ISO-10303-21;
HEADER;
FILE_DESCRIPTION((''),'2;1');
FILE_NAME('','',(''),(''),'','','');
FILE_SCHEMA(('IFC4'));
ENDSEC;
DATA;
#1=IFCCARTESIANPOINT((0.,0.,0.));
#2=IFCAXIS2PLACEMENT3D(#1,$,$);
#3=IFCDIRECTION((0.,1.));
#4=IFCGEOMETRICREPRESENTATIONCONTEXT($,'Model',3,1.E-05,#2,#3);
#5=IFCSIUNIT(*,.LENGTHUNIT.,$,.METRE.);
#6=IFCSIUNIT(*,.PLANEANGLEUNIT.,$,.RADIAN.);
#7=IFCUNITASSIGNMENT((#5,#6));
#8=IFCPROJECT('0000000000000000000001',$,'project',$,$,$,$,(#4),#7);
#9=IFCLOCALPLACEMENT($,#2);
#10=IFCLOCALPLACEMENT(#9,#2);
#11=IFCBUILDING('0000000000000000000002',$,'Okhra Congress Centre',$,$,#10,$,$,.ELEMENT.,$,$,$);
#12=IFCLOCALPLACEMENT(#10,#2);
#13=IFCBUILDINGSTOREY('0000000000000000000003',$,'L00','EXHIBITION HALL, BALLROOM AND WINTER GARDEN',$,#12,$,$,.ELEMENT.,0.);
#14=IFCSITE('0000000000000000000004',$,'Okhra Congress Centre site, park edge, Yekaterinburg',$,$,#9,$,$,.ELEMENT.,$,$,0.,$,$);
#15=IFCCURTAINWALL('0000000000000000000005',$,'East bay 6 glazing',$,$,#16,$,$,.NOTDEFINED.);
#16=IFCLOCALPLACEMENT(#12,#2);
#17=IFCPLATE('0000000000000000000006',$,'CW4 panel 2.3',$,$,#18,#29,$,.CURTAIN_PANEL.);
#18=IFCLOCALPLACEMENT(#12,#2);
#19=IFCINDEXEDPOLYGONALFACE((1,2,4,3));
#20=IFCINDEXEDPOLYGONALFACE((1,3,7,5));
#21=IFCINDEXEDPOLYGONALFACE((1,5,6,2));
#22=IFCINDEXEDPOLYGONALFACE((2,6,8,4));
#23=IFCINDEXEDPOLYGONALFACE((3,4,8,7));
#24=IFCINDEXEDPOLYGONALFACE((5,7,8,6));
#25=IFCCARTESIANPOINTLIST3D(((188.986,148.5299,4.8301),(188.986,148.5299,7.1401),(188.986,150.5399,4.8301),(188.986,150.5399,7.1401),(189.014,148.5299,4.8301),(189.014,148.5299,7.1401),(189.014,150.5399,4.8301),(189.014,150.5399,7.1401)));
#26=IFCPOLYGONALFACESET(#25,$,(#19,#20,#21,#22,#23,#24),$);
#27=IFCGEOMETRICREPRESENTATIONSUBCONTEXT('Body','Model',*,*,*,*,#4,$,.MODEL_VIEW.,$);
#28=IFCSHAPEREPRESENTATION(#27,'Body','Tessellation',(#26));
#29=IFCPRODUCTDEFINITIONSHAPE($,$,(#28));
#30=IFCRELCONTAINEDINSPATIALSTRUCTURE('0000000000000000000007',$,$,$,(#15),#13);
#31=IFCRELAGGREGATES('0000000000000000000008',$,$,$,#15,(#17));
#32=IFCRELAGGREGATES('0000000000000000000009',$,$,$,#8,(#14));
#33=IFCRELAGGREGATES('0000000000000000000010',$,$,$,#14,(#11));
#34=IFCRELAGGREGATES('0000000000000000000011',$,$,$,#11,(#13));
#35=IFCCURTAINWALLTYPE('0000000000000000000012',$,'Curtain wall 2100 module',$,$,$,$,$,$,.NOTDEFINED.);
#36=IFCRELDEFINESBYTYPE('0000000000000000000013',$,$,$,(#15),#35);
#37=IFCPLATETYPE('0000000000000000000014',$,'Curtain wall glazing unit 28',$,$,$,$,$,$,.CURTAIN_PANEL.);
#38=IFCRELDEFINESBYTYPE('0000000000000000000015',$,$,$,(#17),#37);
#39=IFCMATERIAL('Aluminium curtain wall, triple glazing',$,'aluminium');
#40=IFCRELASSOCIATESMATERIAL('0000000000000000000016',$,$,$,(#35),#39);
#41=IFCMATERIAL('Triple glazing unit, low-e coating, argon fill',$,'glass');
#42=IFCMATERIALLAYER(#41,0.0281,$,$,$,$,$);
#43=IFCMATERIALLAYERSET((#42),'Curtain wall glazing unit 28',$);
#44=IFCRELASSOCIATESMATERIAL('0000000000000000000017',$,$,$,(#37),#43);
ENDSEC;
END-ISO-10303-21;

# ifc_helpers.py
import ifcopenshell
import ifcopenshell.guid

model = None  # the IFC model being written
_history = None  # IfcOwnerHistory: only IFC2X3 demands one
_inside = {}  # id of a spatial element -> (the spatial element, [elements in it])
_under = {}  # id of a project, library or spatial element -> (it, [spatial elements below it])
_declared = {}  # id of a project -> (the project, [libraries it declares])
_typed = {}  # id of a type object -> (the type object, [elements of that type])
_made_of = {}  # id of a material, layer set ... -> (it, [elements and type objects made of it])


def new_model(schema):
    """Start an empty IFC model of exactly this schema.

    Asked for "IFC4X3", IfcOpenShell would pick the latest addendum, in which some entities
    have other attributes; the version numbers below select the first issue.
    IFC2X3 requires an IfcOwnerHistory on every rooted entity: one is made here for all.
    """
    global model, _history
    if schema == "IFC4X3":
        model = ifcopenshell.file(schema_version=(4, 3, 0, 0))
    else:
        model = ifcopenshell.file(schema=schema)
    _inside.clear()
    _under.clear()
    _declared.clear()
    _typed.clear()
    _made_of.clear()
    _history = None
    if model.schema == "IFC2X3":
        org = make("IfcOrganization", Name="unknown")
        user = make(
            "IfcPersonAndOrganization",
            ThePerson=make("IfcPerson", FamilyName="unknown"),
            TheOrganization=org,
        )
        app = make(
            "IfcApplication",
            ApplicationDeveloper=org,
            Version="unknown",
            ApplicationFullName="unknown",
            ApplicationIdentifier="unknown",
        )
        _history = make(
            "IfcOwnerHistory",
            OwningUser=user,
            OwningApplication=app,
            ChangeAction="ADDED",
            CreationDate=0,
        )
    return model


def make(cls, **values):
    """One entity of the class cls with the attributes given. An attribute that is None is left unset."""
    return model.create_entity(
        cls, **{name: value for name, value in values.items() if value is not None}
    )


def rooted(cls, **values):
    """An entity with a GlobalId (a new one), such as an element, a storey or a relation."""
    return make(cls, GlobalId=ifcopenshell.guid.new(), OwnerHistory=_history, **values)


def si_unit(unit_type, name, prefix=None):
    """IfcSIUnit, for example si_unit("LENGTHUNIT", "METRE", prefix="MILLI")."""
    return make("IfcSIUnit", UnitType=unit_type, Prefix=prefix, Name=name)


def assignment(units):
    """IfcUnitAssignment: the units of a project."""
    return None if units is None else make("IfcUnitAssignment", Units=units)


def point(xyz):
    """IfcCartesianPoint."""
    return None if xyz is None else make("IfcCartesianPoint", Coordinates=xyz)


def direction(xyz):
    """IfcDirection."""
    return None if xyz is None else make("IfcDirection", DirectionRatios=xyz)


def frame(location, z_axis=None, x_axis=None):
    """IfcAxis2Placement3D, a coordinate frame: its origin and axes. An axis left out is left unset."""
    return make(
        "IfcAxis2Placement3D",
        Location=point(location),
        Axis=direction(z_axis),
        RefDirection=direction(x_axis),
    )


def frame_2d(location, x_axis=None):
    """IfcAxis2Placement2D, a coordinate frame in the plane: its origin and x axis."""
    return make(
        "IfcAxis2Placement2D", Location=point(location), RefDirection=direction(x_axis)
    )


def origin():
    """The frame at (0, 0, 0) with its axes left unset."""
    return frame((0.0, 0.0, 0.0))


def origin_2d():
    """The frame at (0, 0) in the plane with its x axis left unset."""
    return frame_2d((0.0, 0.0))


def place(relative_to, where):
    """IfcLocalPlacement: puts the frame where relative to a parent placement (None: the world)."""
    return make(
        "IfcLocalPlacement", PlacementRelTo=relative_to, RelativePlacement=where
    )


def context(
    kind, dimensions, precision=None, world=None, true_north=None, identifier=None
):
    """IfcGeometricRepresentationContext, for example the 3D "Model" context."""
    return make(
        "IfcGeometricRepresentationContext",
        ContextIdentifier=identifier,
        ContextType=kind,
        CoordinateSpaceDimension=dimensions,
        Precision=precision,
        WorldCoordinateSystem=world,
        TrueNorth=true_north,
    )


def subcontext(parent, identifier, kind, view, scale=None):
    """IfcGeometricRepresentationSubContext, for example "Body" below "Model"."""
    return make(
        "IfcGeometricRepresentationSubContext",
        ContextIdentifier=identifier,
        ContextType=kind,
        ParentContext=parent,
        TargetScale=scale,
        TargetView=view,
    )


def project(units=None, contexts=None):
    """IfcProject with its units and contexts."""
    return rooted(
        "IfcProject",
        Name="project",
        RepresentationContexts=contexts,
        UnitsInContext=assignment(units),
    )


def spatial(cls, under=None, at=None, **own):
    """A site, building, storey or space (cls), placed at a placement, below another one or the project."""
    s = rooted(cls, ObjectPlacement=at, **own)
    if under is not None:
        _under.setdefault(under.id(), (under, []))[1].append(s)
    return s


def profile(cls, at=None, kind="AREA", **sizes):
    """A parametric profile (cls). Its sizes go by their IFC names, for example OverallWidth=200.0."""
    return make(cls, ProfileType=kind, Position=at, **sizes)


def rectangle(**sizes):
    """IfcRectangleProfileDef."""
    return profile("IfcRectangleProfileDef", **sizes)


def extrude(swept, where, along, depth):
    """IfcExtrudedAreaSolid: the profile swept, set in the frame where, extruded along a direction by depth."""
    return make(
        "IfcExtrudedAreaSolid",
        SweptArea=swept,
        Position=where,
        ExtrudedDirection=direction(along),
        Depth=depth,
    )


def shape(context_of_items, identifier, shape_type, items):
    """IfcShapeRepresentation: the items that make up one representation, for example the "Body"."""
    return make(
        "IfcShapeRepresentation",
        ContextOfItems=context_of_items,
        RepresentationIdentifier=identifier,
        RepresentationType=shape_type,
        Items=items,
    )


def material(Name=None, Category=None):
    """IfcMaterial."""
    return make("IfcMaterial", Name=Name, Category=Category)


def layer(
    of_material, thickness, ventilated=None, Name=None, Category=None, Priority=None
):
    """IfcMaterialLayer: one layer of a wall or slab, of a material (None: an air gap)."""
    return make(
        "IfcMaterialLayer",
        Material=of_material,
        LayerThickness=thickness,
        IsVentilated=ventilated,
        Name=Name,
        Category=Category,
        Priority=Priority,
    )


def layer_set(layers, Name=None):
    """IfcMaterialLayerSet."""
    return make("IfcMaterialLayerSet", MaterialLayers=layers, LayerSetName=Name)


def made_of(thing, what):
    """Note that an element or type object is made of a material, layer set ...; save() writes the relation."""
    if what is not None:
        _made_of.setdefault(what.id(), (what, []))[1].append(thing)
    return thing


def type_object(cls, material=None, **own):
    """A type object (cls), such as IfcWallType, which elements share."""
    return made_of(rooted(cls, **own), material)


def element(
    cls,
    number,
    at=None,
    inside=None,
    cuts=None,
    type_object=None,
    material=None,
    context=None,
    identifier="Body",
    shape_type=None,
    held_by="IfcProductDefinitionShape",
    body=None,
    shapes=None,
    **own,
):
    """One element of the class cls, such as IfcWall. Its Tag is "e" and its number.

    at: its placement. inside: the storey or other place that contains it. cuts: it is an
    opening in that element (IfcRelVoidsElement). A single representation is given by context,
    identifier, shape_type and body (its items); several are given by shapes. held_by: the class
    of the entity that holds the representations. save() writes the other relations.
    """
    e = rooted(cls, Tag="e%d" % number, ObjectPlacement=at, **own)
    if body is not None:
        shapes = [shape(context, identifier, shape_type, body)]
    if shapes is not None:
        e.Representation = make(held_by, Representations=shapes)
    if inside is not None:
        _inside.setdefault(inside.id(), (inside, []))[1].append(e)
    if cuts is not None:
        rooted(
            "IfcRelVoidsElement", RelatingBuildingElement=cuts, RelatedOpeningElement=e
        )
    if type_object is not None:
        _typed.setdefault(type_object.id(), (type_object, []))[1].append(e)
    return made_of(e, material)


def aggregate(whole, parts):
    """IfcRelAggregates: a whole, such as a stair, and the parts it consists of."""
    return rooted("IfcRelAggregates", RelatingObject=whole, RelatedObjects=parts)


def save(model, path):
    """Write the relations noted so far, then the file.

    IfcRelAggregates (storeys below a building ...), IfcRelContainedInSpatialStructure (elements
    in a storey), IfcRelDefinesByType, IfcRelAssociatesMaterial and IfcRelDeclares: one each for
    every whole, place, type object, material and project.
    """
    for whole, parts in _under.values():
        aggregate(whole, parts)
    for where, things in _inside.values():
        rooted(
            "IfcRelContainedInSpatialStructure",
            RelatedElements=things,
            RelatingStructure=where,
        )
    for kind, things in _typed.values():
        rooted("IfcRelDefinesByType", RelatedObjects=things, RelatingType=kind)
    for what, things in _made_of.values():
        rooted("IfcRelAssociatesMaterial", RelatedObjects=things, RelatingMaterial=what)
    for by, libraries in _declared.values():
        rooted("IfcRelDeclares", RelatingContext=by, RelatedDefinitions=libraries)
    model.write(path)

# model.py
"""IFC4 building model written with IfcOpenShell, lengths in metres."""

from ifc_helpers import new_model, si_unit, direction, frame, origin, origin_2d, place, context, subcontext, project, spatial, rectangle, extrude, material, layer, layer_set, type_object, element, aggregate, save


model = new_model("IFC4")

# Units and contexts
model_context = context("Model", 3, precision=1e-05, world=origin(), true_north=direction((0.0, 1.0)))
body_context = subcontext(model_context, "Body", "Model", "MODEL_VIEW")
ifc_project = project(units=[si_unit("LENGTHUNIT", "METRE"), si_unit("PLANEANGLEUNIT", "RADIAN")], contexts=[model_context])

# Site, building, storey
site_placement = place(None, origin())
site = spatial("IfcSite", under=ifc_project, at=site_placement, Name="Okhra Congress Centre site, park edge, Yekaterinburg", CompositionType="ELEMENT", RefElevation=0.0)
building_placement = place(site_placement, origin())
building = spatial("IfcBuilding", under=site, at=building_placement, Name="Okhra Congress Centre", CompositionType="ELEMENT")
storey_placement = place(building_placement, origin())
storey = spatial("IfcBuildingStorey", under=building, at=storey_placement, Name="L00", Description="EXHIBITION HALL, BALLROOM AND WINTER GARDEN", CompositionType="ELEMENT", Elevation=0.0)

# Curtain wall, plate
ifc_material_1 = material(Name="Aluminium curtain wall, triple glazing", Category="aluminium")
curtain_wall_type = type_object("IfcCurtainWallType", Name="Curtain wall 2100 module", PredefinedType="NOTDEFINED", material=ifc_material_1)
curtain_wall_placement = place(storey_placement, origin())
curtain_wall = element("IfcCurtainWall", 1, at=curtain_wall_placement, inside=storey, type_object=curtain_wall_type, Name="East bay 6 glazing", PredefinedType="NOTDEFINED")
ifc_material_2 = material(Name="Triple glazing unit, low-e coating, argon fill", Category="glass")
ifc_layer = layer(ifc_material_2, 0.0281)
ifc_layer_set = layer_set([ifc_layer], Name="Curtain wall glazing unit 28")
plate_type = type_object("IfcPlateType", Name="Curtain wall glazing unit 28", PredefinedType="CURTAIN_PANEL", material=ifc_layer_set)
plate_1_placement = place(storey_placement, frame((189.0, 149.5349, 4.8301), z_axis=(0.0, 0.0, 1.0), x_axis=(0.0, 1.0, 0.0)))
plate_1 = element("IfcPlate", 2, at=plate_1_placement, type_object=plate_type, Name="CW4 panel 2.3", PredefinedType="CURTAIN_PANEL", context=body_context, shape_type="SweptSolid", body=[
    extrude(rectangle(XDim=2.01, YDim=0.0281, at=origin_2d()), origin(), (0.0, 0.0, 1.0), 2.3101),
])
aggregate(curtain_wall, [plate_1])

save(model, "model.ifc")
